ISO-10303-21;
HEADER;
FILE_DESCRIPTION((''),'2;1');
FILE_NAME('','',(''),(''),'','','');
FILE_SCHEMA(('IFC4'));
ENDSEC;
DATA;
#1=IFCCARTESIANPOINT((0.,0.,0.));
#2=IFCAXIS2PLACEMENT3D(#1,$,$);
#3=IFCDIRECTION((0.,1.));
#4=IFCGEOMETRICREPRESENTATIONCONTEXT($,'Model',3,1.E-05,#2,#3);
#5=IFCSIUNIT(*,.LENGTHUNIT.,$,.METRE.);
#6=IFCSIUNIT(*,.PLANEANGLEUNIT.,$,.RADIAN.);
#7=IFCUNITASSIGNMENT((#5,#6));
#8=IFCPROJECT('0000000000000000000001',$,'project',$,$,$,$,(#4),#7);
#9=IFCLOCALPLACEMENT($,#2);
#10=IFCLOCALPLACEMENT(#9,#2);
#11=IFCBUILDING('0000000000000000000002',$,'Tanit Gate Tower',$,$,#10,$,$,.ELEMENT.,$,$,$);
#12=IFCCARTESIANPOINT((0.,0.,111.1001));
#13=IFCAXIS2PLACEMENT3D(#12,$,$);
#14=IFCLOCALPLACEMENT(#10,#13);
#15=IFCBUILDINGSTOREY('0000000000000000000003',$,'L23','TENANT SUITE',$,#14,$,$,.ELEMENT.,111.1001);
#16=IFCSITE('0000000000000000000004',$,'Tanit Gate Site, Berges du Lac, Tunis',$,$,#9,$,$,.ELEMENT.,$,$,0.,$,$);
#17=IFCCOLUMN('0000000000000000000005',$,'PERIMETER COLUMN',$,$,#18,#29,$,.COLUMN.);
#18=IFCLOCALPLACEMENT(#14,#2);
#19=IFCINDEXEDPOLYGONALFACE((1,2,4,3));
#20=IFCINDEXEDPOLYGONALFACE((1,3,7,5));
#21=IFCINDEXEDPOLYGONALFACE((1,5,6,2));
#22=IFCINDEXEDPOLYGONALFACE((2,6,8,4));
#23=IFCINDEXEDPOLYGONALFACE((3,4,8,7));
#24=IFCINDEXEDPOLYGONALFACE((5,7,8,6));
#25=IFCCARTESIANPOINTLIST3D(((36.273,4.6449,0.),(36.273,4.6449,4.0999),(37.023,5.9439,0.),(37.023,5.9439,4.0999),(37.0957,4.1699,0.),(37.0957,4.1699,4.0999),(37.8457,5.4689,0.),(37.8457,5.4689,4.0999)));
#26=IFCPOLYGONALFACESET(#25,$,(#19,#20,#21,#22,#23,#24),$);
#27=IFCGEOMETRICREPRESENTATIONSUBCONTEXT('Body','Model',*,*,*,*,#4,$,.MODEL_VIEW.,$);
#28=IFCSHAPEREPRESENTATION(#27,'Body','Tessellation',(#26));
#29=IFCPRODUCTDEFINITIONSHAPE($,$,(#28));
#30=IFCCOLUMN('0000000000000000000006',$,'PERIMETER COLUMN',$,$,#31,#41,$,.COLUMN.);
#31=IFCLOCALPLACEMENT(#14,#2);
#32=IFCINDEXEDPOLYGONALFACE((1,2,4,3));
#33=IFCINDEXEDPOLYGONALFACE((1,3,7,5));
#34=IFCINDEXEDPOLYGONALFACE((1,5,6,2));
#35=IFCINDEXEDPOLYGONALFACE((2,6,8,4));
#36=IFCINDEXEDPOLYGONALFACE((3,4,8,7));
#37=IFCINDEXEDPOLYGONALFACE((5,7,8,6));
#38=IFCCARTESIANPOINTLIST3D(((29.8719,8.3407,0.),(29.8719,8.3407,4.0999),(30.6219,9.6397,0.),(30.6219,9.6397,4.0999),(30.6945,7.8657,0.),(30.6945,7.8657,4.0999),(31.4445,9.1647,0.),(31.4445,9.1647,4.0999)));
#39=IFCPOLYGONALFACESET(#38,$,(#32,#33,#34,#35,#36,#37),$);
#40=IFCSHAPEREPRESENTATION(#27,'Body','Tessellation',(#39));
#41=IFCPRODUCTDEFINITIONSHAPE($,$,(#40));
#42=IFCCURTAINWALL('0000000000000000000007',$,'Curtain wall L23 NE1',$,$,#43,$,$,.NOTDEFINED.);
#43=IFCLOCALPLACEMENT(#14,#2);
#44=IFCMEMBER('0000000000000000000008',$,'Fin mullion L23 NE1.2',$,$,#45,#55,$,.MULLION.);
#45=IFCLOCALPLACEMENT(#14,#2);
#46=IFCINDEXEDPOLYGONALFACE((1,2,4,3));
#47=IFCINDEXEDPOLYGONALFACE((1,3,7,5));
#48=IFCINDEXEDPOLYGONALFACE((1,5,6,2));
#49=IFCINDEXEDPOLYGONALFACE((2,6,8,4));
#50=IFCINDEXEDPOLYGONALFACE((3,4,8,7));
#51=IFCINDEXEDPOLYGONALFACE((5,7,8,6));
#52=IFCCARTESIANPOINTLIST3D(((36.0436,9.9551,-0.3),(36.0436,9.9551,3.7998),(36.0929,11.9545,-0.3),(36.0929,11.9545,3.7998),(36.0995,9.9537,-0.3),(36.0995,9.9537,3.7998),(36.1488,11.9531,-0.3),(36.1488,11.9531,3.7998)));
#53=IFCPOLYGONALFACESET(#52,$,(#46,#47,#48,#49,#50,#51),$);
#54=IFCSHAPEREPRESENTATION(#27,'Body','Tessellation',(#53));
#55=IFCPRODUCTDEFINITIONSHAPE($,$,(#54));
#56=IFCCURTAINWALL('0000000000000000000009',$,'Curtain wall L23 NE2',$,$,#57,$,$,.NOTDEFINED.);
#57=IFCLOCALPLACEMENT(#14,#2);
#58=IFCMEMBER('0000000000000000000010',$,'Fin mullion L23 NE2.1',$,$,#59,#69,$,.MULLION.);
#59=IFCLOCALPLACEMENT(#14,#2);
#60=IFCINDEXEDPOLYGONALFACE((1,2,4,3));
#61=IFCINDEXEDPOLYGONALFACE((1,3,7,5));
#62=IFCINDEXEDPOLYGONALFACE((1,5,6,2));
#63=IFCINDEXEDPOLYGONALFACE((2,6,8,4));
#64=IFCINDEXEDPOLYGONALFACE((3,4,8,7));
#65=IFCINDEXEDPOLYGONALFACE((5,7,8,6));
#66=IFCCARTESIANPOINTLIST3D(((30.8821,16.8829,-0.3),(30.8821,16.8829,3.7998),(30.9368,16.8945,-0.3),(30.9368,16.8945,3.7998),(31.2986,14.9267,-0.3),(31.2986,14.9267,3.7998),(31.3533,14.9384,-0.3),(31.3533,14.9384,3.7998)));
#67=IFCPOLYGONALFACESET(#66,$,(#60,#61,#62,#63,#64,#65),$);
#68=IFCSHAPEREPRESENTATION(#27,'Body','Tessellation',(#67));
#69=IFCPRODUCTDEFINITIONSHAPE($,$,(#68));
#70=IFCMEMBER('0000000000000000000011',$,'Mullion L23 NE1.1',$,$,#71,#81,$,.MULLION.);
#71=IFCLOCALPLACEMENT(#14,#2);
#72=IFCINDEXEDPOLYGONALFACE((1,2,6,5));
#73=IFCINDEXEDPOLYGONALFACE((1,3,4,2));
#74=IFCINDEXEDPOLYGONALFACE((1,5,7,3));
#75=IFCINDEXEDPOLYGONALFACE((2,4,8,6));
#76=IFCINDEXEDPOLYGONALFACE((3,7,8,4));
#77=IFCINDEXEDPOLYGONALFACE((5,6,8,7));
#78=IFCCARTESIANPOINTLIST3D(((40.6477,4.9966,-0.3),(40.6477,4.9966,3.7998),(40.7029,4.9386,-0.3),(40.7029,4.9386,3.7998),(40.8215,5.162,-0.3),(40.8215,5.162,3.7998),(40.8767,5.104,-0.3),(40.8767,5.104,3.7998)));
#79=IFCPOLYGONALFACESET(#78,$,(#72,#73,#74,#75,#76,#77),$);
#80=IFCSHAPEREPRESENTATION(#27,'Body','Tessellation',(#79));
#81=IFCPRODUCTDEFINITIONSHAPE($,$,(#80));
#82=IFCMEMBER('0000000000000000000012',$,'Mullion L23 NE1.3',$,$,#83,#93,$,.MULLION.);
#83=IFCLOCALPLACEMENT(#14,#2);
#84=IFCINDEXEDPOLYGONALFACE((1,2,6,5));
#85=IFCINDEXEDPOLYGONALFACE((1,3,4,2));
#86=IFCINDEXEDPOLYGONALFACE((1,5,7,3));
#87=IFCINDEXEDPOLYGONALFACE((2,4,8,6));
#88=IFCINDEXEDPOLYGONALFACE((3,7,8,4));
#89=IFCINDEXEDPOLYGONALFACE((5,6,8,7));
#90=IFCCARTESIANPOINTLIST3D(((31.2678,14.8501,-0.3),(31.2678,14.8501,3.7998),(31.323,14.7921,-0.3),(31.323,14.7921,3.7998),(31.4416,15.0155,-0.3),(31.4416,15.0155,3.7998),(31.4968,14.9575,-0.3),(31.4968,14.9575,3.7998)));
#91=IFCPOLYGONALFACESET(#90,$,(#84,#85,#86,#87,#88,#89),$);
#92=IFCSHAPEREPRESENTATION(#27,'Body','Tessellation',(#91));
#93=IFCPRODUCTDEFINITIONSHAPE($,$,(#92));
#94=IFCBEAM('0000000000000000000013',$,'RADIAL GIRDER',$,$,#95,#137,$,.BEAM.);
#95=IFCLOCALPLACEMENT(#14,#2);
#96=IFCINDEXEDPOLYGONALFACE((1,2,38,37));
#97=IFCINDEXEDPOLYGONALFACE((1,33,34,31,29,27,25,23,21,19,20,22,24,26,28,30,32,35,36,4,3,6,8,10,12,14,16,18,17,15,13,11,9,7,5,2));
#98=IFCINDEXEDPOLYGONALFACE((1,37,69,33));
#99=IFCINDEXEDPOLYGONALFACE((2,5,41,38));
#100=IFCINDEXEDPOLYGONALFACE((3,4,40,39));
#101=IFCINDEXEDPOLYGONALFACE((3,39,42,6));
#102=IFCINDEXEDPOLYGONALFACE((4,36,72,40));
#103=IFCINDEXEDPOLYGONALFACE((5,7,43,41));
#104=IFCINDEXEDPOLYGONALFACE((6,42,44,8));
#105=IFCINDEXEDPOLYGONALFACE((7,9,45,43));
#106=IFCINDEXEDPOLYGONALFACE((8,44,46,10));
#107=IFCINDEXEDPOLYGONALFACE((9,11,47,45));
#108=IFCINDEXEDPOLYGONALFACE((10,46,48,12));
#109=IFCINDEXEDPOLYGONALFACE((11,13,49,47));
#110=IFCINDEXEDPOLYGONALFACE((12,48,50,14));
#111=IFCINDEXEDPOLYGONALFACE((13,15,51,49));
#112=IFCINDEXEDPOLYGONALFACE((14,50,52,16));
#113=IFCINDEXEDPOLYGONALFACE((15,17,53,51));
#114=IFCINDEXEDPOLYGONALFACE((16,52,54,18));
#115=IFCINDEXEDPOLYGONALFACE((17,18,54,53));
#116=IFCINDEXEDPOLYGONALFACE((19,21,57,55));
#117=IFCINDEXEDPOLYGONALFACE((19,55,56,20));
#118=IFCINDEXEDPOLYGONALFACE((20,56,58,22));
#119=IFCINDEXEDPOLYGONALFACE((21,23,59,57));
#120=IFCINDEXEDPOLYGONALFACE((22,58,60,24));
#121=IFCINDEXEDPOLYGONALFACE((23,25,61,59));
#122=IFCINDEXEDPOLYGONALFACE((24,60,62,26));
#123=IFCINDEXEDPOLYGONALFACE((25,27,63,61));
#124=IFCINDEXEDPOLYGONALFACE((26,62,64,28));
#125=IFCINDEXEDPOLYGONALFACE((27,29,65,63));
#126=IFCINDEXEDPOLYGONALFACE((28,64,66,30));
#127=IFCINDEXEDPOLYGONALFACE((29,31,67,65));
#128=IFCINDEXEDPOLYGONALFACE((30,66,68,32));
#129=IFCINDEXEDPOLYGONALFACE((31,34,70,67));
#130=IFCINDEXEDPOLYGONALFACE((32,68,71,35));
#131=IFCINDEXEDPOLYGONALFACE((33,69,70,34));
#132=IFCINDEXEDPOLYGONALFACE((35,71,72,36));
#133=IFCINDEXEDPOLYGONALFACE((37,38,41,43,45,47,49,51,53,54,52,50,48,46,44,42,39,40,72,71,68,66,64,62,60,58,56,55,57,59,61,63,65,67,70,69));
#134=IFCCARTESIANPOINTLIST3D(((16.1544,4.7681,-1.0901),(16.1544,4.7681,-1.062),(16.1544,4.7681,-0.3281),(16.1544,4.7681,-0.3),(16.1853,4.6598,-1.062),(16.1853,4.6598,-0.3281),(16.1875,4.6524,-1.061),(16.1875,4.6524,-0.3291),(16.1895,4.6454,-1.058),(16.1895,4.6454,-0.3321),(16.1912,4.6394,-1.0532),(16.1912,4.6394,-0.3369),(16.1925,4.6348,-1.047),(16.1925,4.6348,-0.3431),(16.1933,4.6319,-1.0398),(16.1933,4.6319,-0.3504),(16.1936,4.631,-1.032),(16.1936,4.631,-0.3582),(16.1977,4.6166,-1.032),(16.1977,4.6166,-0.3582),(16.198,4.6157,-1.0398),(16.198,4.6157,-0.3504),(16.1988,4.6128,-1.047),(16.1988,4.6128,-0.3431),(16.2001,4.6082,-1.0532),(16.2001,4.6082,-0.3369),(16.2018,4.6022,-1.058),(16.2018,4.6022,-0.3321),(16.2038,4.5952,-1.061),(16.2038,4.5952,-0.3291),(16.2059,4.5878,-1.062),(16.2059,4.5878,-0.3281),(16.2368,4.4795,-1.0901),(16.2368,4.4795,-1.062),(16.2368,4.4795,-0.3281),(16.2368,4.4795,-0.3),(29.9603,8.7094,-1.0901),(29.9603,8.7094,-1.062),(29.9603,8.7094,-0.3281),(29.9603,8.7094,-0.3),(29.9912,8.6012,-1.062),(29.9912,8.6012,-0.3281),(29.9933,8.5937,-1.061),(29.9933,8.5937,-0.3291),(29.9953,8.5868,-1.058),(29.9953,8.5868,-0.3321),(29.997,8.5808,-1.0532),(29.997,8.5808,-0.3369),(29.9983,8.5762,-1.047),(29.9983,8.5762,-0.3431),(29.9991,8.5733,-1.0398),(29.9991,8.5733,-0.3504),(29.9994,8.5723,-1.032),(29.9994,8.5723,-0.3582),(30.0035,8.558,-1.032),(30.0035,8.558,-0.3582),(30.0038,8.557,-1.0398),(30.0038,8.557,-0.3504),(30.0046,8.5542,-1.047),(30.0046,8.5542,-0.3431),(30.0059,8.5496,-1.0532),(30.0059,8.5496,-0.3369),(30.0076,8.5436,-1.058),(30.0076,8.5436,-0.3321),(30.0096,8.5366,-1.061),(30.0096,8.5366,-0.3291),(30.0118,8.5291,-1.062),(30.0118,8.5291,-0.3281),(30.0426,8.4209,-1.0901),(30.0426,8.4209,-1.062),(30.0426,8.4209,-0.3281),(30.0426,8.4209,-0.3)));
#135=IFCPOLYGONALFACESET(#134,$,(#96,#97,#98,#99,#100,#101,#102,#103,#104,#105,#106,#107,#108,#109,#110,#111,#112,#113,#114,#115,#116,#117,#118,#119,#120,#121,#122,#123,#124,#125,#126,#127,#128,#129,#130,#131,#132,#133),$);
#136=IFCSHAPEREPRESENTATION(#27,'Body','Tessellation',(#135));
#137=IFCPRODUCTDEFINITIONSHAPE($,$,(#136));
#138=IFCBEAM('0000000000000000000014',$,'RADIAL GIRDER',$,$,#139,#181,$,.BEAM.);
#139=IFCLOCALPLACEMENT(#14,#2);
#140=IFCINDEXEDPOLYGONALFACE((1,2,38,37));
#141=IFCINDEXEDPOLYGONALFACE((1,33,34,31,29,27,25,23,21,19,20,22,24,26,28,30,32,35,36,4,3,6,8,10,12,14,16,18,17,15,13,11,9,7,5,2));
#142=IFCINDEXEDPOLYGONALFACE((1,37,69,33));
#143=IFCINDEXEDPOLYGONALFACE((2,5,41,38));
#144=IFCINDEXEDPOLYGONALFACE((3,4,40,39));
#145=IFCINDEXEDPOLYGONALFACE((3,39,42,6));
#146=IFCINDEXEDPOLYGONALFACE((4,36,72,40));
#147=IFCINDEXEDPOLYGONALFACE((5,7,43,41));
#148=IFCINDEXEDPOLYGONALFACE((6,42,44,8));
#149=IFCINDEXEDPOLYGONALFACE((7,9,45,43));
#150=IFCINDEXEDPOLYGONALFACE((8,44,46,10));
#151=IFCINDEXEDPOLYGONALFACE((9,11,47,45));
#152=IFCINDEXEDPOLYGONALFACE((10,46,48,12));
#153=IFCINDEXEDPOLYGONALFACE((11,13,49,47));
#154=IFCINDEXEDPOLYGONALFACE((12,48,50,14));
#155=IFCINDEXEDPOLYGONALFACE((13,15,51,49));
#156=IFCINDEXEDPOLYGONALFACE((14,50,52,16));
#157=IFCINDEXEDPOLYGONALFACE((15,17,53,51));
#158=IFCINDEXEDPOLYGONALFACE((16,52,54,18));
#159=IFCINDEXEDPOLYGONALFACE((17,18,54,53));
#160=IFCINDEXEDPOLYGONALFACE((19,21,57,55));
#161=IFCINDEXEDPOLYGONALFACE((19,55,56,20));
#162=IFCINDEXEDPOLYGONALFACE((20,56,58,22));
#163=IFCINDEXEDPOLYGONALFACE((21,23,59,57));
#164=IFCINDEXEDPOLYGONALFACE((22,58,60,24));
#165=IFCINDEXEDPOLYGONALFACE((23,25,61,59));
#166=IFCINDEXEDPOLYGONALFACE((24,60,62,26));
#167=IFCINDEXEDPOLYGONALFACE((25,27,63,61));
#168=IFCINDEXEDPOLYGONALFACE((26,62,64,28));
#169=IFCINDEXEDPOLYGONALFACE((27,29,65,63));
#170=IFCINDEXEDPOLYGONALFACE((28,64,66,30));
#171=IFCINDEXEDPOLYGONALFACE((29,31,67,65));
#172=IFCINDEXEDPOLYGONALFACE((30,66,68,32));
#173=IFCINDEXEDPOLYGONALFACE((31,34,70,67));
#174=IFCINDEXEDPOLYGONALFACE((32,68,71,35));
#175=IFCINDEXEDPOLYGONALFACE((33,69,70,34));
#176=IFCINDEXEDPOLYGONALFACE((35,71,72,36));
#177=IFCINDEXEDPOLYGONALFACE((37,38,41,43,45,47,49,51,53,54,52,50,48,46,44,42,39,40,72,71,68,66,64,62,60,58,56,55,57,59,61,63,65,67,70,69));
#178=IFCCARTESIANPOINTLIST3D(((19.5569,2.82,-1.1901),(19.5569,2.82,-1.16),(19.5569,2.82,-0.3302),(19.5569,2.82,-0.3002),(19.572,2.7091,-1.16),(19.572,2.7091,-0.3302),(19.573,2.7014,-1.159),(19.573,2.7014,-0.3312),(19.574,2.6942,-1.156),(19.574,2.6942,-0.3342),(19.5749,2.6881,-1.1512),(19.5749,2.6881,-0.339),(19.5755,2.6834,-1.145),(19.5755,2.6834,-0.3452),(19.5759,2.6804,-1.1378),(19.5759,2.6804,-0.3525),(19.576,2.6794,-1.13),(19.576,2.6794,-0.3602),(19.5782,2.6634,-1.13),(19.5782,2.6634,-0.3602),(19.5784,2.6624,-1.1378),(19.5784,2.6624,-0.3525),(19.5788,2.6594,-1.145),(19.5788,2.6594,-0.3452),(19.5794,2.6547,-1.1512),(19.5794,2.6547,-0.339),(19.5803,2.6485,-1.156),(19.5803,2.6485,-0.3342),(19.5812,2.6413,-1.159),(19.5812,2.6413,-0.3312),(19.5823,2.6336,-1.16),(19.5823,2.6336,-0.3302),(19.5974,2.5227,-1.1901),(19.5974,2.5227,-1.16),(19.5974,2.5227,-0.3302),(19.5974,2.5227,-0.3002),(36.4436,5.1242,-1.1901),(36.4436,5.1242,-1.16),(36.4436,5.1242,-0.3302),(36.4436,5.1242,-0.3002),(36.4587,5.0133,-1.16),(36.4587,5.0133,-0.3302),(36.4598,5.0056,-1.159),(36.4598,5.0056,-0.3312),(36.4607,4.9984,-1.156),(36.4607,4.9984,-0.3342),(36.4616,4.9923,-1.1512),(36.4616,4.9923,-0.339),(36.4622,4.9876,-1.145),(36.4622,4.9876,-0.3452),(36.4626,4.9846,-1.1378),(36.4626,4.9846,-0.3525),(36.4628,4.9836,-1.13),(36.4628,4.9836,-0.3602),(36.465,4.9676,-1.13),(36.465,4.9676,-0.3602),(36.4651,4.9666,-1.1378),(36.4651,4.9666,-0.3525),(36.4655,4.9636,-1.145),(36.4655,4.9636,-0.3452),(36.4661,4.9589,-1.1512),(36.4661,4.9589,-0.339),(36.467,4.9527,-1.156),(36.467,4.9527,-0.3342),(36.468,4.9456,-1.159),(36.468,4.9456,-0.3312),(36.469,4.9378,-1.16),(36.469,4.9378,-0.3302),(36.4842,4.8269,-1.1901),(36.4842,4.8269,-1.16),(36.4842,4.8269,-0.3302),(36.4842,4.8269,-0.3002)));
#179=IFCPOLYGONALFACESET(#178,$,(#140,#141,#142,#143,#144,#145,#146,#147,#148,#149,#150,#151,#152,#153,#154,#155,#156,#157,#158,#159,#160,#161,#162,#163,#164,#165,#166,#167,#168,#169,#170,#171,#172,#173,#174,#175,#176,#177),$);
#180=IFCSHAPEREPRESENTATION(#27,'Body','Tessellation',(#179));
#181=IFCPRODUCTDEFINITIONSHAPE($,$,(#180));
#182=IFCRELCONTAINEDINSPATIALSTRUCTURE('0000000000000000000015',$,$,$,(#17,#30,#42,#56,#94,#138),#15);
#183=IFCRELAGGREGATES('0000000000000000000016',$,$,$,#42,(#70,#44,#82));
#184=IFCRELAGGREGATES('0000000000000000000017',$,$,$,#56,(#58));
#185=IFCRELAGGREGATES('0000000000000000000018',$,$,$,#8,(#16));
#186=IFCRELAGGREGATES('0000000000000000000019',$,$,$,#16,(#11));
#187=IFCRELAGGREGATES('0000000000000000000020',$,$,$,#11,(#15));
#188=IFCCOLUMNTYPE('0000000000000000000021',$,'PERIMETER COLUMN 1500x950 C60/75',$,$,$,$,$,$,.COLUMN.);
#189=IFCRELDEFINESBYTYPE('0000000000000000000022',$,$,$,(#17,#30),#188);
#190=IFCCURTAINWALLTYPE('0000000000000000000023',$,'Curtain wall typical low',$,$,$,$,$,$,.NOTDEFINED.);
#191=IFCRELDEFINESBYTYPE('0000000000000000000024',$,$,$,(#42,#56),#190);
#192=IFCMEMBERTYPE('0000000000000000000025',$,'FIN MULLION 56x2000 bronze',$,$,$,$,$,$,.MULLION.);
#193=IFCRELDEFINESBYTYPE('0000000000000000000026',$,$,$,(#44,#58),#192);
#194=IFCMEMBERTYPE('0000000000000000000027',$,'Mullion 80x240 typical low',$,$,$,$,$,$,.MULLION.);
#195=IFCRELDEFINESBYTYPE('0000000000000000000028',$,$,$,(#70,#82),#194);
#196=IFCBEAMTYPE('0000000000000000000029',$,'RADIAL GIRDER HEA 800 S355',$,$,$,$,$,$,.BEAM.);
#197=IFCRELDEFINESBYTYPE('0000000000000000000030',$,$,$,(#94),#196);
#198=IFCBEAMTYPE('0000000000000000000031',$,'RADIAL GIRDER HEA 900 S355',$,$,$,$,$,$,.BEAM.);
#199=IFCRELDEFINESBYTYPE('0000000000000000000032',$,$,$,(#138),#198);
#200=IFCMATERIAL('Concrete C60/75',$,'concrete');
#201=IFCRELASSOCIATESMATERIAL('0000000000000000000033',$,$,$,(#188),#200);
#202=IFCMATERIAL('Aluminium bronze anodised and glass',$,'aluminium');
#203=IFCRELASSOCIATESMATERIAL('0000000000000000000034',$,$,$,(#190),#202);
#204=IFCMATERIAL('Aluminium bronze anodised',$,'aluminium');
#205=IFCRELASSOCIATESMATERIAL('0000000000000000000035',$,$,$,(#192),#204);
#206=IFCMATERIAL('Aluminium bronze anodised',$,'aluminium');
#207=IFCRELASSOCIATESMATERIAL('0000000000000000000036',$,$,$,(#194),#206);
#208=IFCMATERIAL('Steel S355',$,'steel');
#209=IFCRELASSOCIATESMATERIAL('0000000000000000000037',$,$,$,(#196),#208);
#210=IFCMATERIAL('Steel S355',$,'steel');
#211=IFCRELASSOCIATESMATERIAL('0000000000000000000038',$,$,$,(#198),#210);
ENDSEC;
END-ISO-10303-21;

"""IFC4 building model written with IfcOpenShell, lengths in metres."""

from ifc_helpers import new_model, si_unit, direction, frame, origin, origin_2d, place, context, subcontext, project, spatial, rectangle, i_section, extrude, material, material_profile, profile_set, type_object, element, aggregate, save


model = new_model("IFC4")

# Units and contexts
model_context = context("Model", 3, precision=1e-05, world=origin(), true_north=direction((0.0, 1.0)))
body_context = subcontext(model_context, "Body", "Model", "MODEL_VIEW")
ifc_project = project(units=[si_unit("LENGTHUNIT", "METRE"), si_unit("PLANEANGLEUNIT", "RADIAN")], contexts=[model_context])

# Site, building, storey
site_placement = place(None, origin())
site = spatial("IfcSite", under=ifc_project, at=site_placement, Name="Tanit Gate Site, Berges du Lac, Tunis", CompositionType="ELEMENT", RefElevation=0.0)
building_placement = place(site_placement, origin())
building = spatial("IfcBuilding", under=site, at=building_placement, Name="Tanit Gate Tower", CompositionType="ELEMENT")
storey_placement = place(building_placement, frame((0.0, 0.0, 111.1001)))
storey = spatial("IfcBuildingStorey", under=building, at=storey_placement, Name="L23", Description="TENANT SUITE", CompositionType="ELEMENT", Elevation=111.1001)

# Columns
ifc_material_1 = material(Name="Concrete C60/75", Category="concrete")
ifc_material_profile_1 = material_profile(ifc_material_1, rectangle(XDim=1.5, YDim=0.95, at=origin_2d()), Name="RC 1500x950")
ifc_profile_set_1 = profile_set([ifc_material_profile_1], Name="Concrete C60/75")
column_type = type_object("IfcColumnType", Name="PERIMETER COLUMN 1500x950 C60/75", PredefinedType="COLUMN", material=ifc_profile_set_1)
for number, where, z_axis, x_axis, name in (
    (1, (37.0593, 5.0569, 0.0), (0.0, 0.0, 1.0), (0.5, 0.866025, 0.0), "PERIMETER COLUMN"),
    (2, (30.6582, 8.7527, 0.0), (0.0, 0.0, 1.0), (0.5, 0.866025, 0.0), "PERIMETER COLUMN"),
):
    element("IfcColumn", number, at=place(storey_placement, frame(where, z_axis=z_axis, x_axis=x_axis)), inside=storey, type_object=column_type, Name=name, PredefinedType="COLUMN", context=body_context, shape_type="SweptSolid", body=[
        extrude(rectangle(XDim=1.5, YDim=0.95, at=origin_2d()), origin(), (0.0, 0.0, 1.0), 4.0999),
    ])

# Curtain walls, members
ifc_material_2 = material(Name="Aluminium bronze anodised and glass", Category="aluminium")
curtain_wall_type = type_object("IfcCurtainWallType", Name="Curtain wall typical low", PredefinedType="NOTDEFINED", material=ifc_material_2)
curtain_wall_1_placement = place(storey_placement, origin())
curtain_wall_1 = element("IfcCurtainWall", 3, at=curtain_wall_1_placement, inside=storey, type_object=curtain_wall_type, Name="Curtain wall L23 NE1", PredefinedType="NOTDEFINED")
ifc_material_3 = material(Name="Aluminium bronze anodised", Category="aluminium")
ifc_material_profile_2 = material_profile(ifc_material_3, rectangle(XDim=2.0, YDim=0.0559, at=origin_2d()), Name="56x2000 bronze fin mullion")
ifc_profile_set_2 = profile_set([ifc_material_profile_2], Name="Aluminium bronze anodised")
member_type_1 = type_object("IfcMemberType", Name="FIN MULLION 56x2000 bronze", PredefinedType="MULLION", material=ifc_profile_set_2)
member_1_placement = place(storey_placement, frame((36.0962, 10.9541, -0.3), z_axis=(0.0, 0.0, 1.0), x_axis=(-0.024623, -0.999697, 0.0)))
member_1 = element("IfcMember", 4, at=member_1_placement, type_object=member_type_1, Name="Fin mullion L23 NE1.2", PredefinedType="MULLION", context=body_context, shape_type="SweptSolid", body=[
    extrude(rectangle(XDim=2.0, YDim=0.0559, at=origin_2d()), origin(), (0.0, 0.0, 1.0), 4.0999),
])
curtain_wall_2_placement = place(storey_placement, origin())
curtain_wall_2 = element("IfcCurtainWall", 5, at=curtain_wall_2_placement, inside=storey, type_object=curtain_wall_type, Name="Curtain wall L23 NE2", PredefinedType="NOTDEFINED")
member_2_placement = place(storey_placement, frame((31.1177, 15.9106, -0.3), z_axis=(0.0, 0.0, 1.0), x_axis=(0.208238, -0.978078, 0.0)))
member_2 = element("IfcMember", 6, at=member_2_placement, type_object=member_type_1, Name="Fin mullion L23 NE2.1", PredefinedType="MULLION", context=body_context, shape_type="SweptSolid", body=[
    extrude(rectangle(XDim=2.0, YDim=0.0559, at=origin_2d()), origin(), (0.0, 0.0, 1.0), 4.0999),
])

# Members
ifc_material_4 = material(Name="Aluminium bronze anodised", Category="aluminium")
ifc_material_profile_3 = material_profile(ifc_material_4, rectangle(XDim=0.24, YDim=0.0801, at=origin_2d()), Name="80x240 bronze mullion")
ifc_profile_set_3 = profile_set([ifc_material_profile_3], Name="Aluminium bronze anodised")
member_type_2 = type_object("IfcMemberType", Name="Mullion 80x240 typical low", PredefinedType="MULLION", material=ifc_profile_set_3)
member_3_placement = place(storey_placement, frame((40.7622, 5.0503, -0.3), z_axis=(0.0, 0.0, 1.0), x_axis=(-0.724304, -0.689481, 0.0)))
member_3 = element("IfcMember", 7, at=member_3_placement, type_object=member_type_2, Name="Mullion L23 NE1.1", PredefinedType="MULLION", context=body_context, shape_type="SweptSolid", body=[
    extrude(rectangle(XDim=0.24, YDim=0.0801, at=origin_2d()), origin(), (0.0, 0.0, 1.0), 4.0999),
])
member_4_placement = place(storey_placement, frame((31.3823, 14.9038, -0.3), z_axis=(0.0, 0.0, 1.0), x_axis=(-0.724304, -0.689481, 0.0)))
member_4 = element("IfcMember", 8, at=member_4_placement, type_object=member_type_2, Name="Mullion L23 NE1.3", PredefinedType="MULLION", context=body_context, shape_type="SweptSolid", body=[
    extrude(rectangle(XDim=0.24, YDim=0.0801, at=origin_2d()), origin(), (0.0, 0.0, 1.0), 4.0999),
])

# Beams
ifc_material_5 = material(Name="Steel S355", Category="steel")
ifc_material_profile_4 = material_profile(ifc_material_5, i_section(OverallWidth=0.3, OverallDepth=0.79, WebThickness=0.0149, FlangeThickness=0.0281, FilletRadius=0.03, at=origin_2d()), Name="HEA 800")
ifc_profile_set_4 = profile_set([ifc_material_profile_4], Name="Steel S355")
beam_type_1 = type_object("IfcBeamType", Name="RADIAL GIRDER HEA 800 S355", PredefinedType="BEAM", material=ifc_profile_set_4)
beam_1_placement = place(storey_placement, frame((30.0015, 8.5652, -0.6951), z_axis=(-0.961582, -0.274519, 0.0), x_axis=(0.274519, -0.961582, 0.0)))
element("IfcBeam", 9, at=beam_1_placement, inside=storey, type_object=beam_type_1, Name="RADIAL GIRDER", PredefinedType="BEAM", context=body_context, shape_type="SweptSolid", body=[
    extrude(i_section(OverallWidth=0.3, OverallDepth=0.79, WebThickness=0.0149, FlangeThickness=0.0281, FilletRadius=0.03, at=origin_2d()), origin(), (0.0, 0.0, 1.0), 14.3574),
])
ifc_material_6 = material(Name="Steel S355", Category="steel")
ifc_material_profile_5 = material_profile(ifc_material_6, i_section(OverallWidth=0.3, OverallDepth=0.8899, WebThickness=0.0161, FlangeThickness=0.03, FilletRadius=0.03, at=origin_2d()), Name="HEA 900")
ifc_profile_set_5 = profile_set([ifc_material_profile_5], Name="Steel S355")
beam_type_2 = type_object("IfcBeamType", Name="RADIAL GIRDER HEA 900 S355", PredefinedType="BEAM", material=ifc_profile_set_5)
beam_2_placement = place(storey_placement, frame((36.4639, 4.9756, -0.7451), z_axis=(-0.990819, -0.135198, 0.0), x_axis=(0.135198, -0.990819, 0.0)))
element("IfcBeam", 10, at=beam_2_placement, inside=storey, type_object=beam_type_2, Name="RADIAL GIRDER", PredefinedType="BEAM", context=body_context, shape_type="SweptSolid", body=[
    extrude(i_section(OverallWidth=0.3, OverallDepth=0.8899, WebThickness=0.0161, FlangeThickness=0.03, FilletRadius=0.03, at=origin_2d()), origin(), (0.0, 0.0, 1.0), 17.0432),
])

aggregate(curtain_wall_1, [member_3, member_1, member_4])
aggregate(curtain_wall_2, [member_2])

save(model, "model.ifc")
